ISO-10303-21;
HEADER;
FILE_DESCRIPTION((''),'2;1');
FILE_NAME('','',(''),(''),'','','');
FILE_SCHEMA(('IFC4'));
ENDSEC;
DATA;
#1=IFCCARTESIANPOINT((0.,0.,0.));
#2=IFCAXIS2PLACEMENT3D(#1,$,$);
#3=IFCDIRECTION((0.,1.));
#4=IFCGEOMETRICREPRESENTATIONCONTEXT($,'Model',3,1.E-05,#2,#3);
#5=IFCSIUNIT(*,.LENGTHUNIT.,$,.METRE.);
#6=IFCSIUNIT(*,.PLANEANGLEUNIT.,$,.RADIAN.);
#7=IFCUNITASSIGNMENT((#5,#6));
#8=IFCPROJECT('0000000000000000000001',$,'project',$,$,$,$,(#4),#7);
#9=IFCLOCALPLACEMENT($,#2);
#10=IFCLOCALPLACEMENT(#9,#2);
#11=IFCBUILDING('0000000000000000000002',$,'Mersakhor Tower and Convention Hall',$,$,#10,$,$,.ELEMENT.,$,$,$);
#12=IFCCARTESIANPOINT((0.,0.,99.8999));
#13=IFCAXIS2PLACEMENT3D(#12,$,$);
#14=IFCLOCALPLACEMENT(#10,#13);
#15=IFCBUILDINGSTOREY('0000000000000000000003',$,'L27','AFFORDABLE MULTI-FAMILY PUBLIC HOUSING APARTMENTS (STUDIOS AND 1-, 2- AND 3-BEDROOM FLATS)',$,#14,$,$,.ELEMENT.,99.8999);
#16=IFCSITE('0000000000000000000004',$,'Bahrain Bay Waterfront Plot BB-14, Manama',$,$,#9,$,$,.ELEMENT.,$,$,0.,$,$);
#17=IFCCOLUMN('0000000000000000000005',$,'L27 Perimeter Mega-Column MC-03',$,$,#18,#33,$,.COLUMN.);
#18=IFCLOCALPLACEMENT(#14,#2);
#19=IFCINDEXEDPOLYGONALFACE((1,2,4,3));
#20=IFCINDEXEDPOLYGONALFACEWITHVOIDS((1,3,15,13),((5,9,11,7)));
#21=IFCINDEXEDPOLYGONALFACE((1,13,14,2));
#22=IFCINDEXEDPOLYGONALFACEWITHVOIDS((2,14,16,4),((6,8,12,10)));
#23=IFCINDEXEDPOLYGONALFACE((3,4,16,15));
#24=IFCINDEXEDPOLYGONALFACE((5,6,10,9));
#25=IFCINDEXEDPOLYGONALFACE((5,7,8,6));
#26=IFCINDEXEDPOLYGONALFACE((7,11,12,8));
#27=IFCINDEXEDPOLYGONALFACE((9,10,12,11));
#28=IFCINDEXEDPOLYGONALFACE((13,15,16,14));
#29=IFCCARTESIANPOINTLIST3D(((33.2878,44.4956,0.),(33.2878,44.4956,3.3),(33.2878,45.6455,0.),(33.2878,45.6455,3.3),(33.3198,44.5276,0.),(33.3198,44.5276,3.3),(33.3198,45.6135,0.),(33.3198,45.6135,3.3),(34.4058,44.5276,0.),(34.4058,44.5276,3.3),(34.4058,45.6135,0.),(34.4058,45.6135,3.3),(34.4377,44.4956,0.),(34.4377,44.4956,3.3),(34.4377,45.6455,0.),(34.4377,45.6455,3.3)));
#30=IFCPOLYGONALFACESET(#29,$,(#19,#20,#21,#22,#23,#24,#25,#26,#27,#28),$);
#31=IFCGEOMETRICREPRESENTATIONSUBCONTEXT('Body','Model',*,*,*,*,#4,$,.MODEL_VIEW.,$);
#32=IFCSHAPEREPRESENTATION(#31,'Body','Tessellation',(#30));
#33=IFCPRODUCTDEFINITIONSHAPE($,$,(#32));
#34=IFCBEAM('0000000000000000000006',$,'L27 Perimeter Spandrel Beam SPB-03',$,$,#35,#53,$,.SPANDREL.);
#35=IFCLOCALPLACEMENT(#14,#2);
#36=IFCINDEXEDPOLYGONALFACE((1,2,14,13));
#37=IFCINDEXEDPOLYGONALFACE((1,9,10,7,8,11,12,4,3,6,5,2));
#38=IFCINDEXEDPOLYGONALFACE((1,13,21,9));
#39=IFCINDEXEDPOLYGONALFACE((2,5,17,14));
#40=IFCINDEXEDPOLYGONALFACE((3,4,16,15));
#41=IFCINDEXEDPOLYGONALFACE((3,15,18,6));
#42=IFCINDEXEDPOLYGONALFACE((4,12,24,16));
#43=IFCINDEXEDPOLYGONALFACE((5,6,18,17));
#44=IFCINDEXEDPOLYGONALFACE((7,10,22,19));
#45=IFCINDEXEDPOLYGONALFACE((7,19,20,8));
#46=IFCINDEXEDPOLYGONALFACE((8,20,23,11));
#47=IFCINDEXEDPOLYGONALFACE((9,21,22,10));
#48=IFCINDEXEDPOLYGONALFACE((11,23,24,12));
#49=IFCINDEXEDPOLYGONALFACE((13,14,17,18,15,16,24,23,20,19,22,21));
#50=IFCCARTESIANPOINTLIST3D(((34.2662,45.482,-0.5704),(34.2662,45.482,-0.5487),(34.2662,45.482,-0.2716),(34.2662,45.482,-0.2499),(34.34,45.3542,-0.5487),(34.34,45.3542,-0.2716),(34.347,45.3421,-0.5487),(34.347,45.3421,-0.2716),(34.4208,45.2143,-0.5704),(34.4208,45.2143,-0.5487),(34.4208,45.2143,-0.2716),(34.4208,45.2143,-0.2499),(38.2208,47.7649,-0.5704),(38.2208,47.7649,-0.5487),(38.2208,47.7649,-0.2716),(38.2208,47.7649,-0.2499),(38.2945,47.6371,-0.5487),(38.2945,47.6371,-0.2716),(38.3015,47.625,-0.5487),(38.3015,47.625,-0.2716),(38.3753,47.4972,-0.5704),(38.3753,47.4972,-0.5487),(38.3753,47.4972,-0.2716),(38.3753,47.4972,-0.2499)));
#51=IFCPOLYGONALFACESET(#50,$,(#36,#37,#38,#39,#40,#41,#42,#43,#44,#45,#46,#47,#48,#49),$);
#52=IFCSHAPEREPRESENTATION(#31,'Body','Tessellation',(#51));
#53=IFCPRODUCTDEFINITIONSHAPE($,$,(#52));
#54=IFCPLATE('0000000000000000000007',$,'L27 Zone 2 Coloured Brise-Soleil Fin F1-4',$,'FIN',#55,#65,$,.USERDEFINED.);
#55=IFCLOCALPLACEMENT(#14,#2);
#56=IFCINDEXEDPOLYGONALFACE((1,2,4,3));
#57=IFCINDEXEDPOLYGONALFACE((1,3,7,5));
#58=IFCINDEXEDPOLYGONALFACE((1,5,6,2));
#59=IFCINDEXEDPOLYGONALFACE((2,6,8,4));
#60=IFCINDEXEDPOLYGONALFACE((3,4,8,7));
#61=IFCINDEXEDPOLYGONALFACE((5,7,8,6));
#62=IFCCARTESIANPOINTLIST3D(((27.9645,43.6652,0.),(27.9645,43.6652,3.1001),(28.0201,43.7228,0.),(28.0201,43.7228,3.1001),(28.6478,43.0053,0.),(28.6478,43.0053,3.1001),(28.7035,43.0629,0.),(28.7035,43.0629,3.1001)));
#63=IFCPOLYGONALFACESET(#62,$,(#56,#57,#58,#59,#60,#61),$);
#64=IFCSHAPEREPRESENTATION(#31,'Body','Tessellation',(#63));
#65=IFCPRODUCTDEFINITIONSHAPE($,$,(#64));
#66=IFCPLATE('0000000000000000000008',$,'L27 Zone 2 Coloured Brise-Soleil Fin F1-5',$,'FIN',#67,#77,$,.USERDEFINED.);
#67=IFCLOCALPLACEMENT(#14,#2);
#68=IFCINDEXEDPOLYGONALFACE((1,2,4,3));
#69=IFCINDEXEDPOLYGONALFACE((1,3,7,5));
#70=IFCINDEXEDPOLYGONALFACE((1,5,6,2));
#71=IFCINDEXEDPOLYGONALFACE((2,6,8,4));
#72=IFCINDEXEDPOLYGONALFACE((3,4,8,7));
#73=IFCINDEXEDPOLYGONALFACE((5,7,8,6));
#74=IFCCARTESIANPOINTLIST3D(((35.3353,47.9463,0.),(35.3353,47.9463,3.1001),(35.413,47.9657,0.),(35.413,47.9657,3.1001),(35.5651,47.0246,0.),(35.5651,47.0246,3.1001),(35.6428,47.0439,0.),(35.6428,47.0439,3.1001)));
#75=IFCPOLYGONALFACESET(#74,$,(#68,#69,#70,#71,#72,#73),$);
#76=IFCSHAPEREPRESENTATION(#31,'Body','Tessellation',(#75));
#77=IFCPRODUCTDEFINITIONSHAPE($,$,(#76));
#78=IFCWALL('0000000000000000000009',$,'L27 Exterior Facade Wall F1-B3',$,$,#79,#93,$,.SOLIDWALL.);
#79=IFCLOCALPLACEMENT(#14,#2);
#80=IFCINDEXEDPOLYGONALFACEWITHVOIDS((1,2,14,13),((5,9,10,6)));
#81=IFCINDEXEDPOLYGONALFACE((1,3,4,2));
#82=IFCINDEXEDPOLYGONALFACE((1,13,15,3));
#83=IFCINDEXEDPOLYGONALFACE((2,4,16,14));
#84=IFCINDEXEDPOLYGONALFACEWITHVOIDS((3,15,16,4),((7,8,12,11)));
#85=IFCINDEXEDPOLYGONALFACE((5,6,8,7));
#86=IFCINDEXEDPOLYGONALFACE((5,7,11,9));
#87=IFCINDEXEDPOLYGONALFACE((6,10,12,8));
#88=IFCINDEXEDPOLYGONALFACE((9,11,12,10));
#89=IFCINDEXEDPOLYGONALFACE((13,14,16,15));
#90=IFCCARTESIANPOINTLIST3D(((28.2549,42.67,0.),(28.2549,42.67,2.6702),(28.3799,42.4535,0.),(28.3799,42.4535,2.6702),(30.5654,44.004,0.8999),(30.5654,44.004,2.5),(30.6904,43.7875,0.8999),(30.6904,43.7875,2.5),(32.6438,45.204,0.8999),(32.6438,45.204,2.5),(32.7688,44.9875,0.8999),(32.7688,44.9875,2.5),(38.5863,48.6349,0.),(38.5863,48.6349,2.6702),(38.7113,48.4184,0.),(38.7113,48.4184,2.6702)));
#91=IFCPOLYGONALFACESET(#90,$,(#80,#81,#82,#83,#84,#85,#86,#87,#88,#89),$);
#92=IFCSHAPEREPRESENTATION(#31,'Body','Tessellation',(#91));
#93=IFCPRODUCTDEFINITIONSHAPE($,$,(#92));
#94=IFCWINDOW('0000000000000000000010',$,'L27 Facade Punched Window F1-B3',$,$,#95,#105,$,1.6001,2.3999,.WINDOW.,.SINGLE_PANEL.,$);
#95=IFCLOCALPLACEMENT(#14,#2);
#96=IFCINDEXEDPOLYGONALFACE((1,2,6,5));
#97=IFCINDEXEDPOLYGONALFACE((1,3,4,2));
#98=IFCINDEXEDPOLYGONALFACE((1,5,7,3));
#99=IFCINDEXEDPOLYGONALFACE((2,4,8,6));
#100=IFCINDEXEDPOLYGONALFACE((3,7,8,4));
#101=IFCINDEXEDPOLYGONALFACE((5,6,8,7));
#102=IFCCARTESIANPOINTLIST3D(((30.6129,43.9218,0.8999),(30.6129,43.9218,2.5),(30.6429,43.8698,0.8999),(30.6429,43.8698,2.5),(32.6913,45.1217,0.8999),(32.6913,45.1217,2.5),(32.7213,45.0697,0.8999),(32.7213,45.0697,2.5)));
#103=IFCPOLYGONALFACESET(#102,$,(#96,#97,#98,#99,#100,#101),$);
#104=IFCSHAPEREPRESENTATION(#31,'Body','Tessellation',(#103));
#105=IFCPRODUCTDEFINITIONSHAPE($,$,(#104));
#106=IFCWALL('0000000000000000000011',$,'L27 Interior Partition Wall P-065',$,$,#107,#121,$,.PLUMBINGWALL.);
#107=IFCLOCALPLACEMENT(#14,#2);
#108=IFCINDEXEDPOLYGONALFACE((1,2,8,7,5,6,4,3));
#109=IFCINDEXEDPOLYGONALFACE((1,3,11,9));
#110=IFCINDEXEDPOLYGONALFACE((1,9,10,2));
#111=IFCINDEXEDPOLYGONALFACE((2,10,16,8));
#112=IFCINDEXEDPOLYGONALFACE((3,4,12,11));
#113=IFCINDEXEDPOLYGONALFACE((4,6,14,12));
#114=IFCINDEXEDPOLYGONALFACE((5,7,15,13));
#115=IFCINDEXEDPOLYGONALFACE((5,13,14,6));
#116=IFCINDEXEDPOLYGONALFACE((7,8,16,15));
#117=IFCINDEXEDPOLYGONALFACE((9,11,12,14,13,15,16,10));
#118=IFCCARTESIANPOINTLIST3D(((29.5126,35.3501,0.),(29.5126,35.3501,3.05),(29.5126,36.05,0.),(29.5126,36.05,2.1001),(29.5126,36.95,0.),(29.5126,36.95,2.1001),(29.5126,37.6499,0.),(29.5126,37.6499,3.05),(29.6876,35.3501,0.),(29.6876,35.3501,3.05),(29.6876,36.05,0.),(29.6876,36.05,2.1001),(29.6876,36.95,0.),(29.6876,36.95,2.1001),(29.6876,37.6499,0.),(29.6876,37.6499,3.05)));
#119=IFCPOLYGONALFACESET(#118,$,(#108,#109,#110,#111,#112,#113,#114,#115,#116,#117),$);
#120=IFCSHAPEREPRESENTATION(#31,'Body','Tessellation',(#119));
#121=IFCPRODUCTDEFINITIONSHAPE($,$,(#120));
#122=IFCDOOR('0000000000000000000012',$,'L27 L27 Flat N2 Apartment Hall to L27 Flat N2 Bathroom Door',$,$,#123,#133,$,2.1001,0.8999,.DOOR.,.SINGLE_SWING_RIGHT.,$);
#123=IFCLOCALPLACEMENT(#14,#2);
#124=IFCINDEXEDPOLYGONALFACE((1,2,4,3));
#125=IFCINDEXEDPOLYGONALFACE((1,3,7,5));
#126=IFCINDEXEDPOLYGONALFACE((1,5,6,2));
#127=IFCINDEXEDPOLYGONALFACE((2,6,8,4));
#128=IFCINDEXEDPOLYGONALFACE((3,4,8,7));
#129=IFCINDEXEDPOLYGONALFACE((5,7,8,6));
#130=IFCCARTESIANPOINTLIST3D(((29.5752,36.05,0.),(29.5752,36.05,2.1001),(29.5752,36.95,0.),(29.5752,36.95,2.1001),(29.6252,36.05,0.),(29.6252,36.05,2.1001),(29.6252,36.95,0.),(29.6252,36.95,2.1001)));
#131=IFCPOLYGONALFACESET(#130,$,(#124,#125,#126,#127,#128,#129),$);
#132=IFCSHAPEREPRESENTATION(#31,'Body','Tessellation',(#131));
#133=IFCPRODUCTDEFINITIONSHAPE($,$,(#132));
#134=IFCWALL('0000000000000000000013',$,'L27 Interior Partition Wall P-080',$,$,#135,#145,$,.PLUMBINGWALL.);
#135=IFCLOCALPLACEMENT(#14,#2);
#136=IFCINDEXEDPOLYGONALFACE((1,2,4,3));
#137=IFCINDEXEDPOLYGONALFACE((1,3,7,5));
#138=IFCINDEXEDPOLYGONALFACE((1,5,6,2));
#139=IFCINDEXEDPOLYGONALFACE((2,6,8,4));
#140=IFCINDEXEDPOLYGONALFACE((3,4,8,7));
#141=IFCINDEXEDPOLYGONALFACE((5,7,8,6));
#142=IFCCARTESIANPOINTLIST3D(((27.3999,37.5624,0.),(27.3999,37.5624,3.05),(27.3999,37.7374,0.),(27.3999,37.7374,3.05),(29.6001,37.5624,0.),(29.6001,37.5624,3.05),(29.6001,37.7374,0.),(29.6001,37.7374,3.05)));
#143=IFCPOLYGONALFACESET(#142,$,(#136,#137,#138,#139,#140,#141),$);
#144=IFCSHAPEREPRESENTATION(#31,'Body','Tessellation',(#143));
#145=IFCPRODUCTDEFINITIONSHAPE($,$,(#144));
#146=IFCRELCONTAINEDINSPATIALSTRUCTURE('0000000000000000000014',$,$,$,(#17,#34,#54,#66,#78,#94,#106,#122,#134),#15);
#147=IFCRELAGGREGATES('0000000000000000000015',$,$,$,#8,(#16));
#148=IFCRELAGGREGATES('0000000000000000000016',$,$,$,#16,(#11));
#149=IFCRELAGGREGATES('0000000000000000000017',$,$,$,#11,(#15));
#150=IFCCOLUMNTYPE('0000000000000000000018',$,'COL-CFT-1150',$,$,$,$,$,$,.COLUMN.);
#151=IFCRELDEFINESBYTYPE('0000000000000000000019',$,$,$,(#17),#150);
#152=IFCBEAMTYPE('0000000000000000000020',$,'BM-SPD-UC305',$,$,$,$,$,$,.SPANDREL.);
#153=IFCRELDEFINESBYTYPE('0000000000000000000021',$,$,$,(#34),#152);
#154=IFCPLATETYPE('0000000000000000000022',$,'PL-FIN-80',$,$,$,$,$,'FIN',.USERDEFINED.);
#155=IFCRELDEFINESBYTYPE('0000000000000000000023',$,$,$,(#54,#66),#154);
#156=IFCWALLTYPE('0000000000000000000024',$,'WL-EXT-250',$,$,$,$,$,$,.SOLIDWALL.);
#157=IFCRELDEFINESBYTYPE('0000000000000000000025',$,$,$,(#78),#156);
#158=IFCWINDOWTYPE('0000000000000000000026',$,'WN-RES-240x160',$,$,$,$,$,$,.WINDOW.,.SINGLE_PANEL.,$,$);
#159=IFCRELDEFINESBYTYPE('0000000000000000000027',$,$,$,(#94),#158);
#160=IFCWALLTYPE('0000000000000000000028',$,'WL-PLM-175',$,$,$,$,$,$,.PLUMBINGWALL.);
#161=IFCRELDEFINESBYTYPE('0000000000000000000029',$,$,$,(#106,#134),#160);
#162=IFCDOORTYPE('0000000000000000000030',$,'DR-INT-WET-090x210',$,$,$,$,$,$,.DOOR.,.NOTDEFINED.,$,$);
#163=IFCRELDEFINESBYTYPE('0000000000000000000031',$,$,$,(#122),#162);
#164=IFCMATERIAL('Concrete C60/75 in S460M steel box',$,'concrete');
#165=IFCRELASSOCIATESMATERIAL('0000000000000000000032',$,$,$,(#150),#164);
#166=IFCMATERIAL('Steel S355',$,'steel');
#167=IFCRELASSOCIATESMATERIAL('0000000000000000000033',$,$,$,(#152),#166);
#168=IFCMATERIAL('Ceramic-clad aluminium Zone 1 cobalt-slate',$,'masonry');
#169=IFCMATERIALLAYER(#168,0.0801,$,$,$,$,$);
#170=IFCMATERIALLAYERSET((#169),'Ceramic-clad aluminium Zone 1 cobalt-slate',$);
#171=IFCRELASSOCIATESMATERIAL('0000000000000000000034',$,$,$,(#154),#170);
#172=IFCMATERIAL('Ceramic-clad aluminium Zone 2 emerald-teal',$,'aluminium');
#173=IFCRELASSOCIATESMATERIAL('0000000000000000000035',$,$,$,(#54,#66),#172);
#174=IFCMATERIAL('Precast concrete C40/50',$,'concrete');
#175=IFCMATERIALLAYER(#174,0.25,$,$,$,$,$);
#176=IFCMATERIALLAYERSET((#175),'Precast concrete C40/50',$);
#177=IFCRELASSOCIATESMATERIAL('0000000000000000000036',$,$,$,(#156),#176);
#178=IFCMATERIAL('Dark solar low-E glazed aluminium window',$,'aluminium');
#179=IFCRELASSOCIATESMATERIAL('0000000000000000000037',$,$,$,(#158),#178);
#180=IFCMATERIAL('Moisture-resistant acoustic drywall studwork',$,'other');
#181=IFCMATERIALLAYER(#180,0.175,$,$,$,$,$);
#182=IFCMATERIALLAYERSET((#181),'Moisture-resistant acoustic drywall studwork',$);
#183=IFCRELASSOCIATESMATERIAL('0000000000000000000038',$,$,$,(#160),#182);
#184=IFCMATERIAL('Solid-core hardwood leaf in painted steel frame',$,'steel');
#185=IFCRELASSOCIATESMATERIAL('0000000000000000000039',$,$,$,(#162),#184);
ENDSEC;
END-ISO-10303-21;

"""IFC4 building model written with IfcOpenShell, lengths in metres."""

from ifc_helpers import new_model, si_unit, direction, frame, frame_2d, origin, origin_2d, place, context, subcontext, project, spatial, rectangle, hollow_rectangle, i_section, extrude, material, layer, layer_set, material_profile, profile_set, type_object, element, fill, save


model = new_model("IFC4")

# Units and contexts
model_context = context("Model", 3, precision=1e-05, world=origin(), true_north=direction((0.0, 1.0)))
body_context = subcontext(model_context, "Body", "Model", "MODEL_VIEW")
ifc_project = project(units=[si_unit("LENGTHUNIT", "METRE"), si_unit("PLANEANGLEUNIT", "RADIAN")], contexts=[model_context])

# Site, building, storey
site_placement = place(None, origin())
site = spatial("IfcSite", under=ifc_project, at=site_placement, Name="Bahrain Bay Waterfront Plot BB-14, Manama", CompositionType="ELEMENT", RefElevation=0.0)
building_placement = place(site_placement, origin())
building = spatial("IfcBuilding", under=site, at=building_placement, Name="Mersakhor Tower and Convention Hall", CompositionType="ELEMENT")
storey_placement = place(building_placement, frame((0.0, 0.0, 99.8999)))
storey = spatial("IfcBuildingStorey", under=building, at=storey_placement, Name="L27", Description="AFFORDABLE MULTI-FAMILY PUBLIC HOUSING APARTMENTS (STUDIOS AND 1-, 2- AND 3-BEDROOM FLATS)", CompositionType="ELEMENT", Elevation=99.8999)

# Column
ifc_material_1 = material(Name="Concrete C60/75 in S460M steel box", Category="concrete")
ifc_material_profile_1 = material_profile(ifc_material_1, hollow_rectangle(XDim=1.1499, YDim=1.1499, WallThickness=0.032, at=origin_2d()), Name="SHS 1150x1150x32")
ifc_profile_set_1 = profile_set([ifc_material_profile_1], Name="Concrete C60/75 in S460M steel box")
column_type = type_object("IfcColumnType", Name="COL-CFT-1150", PredefinedType="COLUMN", material=ifc_profile_set_1)
column_placement = place(storey_placement, frame((33.8628, 45.0706, 0.0), z_axis=(0.0, 0.0, 1.0), x_axis=(1.0, 0.0, 0.0)))
element("IfcColumn", 1, at=column_placement, inside=storey, type_object=column_type, Name="L27 Perimeter Mega-Column MC-03", PredefinedType="COLUMN", context=body_context, shape_type="SweptSolid", body=[
    extrude(hollow_rectangle(XDim=1.1499, YDim=1.1499, WallThickness=0.032, at=origin_2d()), origin(), (0.0, 0.0, 1.0), 3.3),
])

# Beam
ifc_material_2 = material(Name="Steel S355", Category="steel")
ifc_material_profile_2 = material_profile(ifc_material_2, i_section(OverallWidth=0.3091, OverallDepth=0.3206, WebThickness=0.0139, FlangeThickness=0.0217, at=origin_2d()), Name="UC 305x305x137")
ifc_profile_set_2 = profile_set([ifc_material_profile_2], Name="Steel S355")
beam_type = type_object("IfcBeamType", Name="BM-SPD-UC305", PredefinedType="SPANDREL", material=ifc_profile_set_2)
beam_placement = place(storey_placement, frame((34.3435, 45.3481, -0.4102), z_axis=(0.866047, 0.499963, 0.0), x_axis=(-0.499963, 0.866047, 0.0)))
element("IfcBeam", 2, at=beam_placement, inside=storey, type_object=beam_type, Name="L27 Perimeter Spandrel Beam SPB-03", PredefinedType="SPANDREL", context=body_context, shape_type="SweptSolid", body=[
    extrude(i_section(OverallWidth=0.3091, OverallDepth=0.3206, WebThickness=0.0139, FlangeThickness=0.0217, at=origin_2d()), origin(), (0.0, 0.0, 1.0), 4.5662),
])

# Plates
ifc_material_3 = material(Name="Ceramic-clad aluminium Zone 2 emerald-teal", Category="aluminium")
ifc_material_4 = material(Name="Ceramic-clad aluminium Zone 1 cobalt-slate", Category="masonry")
ifc_layer_1 = layer(ifc_material_4, 0.0801)
ifc_layer_set_1 = layer_set([ifc_layer_1], Name="Ceramic-clad aluminium Zone 1 cobalt-slate")
plate_type = type_object("IfcPlateType", Name="PL-FIN-80", ElementType="FIN", PredefinedType="USERDEFINED", material=ifc_layer_set_1)
for number, where, z_axis, x_axis, name in (
    (3, (28.334, 43.364, 0.0), (0.0, 0.0, 1.0), (-0.71934, 0.694658, 0.0), "L27 Zone 2 Coloured Brise-Soleil Fin F1-4"),
    (4, (35.489, 47.4951, 0.0), (0.0, 0.0, 1.0), (-0.241922, 0.970296, 0.0), "L27 Zone 2 Coloured Brise-Soleil Fin F1-5"),
):
    element("IfcPlate", number, at=place(storey_placement, frame(where, z_axis=z_axis, x_axis=x_axis)), inside=storey, type_object=plate_type, material=ifc_material_3, Name=name, ObjectType="FIN", PredefinedType="USERDEFINED", context=body_context, shape_type="SweptSolid", body=[
        extrude(rectangle(XDim=0.95, YDim=0.0801, at=origin_2d()), origin(), (0.0, 0.0, 1.0), 3.1001),
    ])

# Wall, opening, window
ifc_material_5 = material(Name="Precast concrete C40/50", Category="concrete")
ifc_layer_2 = layer(ifc_material_5, 0.25)
ifc_layer_set_2 = layer_set([ifc_layer_2], Name="Precast concrete C40/50")
wall_type_1 = type_object("IfcWallType", Name="WL-EXT-250", PredefinedType="SOLIDWALL", material=ifc_layer_set_2)
wall_1_placement = place(storey_placement, frame((28.3174, 42.5618, 0.0), z_axis=(0.0, 0.0, 1.0), x_axis=(0.866023, 0.500004, 0.0)))
wall_1 = element("IfcWall", 5, at=wall_1_placement, inside=storey, type_object=wall_type_1, Name="L27 Exterior Facade Wall F1-B3", PredefinedType="SOLIDWALL", context=body_context, shape_type="SweptSolid", body=[
    extrude(rectangle(XDim=11.9297, YDim=0.25, at=frame_2d((5.9648, 0.0))), origin(), (0.0, 0.0, 1.0), 2.6702),
])
opening_1_placement = place(wall_1_placement, frame((2.668, 0.0, 0.8999)))
opening_1 = element("IfcOpeningElement", 6, at=opening_1_placement, cuts=wall_1, PredefinedType="OPENING", context=body_context, shape_type="SweptSolid", body=[
    extrude(rectangle(XDim=2.3999, YDim=1.6001, at=frame_2d((1.2, 0.8))), frame((0.0, 0.135, 0.0), z_axis=(0.0, -1.0, 0.0), x_axis=(1.0, 0.0, 0.0)), (0.0, 0.0, 1.0), 0.27),
])
ifc_material_6 = material(Name="Dark solar low-E glazed aluminium window", Category="aluminium")
window_type = type_object("IfcWindowType", Name="WN-RES-240x160", PartitioningType="SINGLE_PANEL", PredefinedType="WINDOW", material=ifc_material_6)
window_placement = place(opening_1_placement, origin())
window = element("IfcWindow", 7, at=window_placement, inside=storey, type_object=window_type, Name="L27 Facade Punched Window F1-B3", OverallHeight=1.6001, OverallWidth=2.3999, PartitioningType="SINGLE_PANEL", PredefinedType="WINDOW", context=body_context, shape_type="SweptSolid", body=[
    extrude(rectangle(XDim=2.3999, YDim=1.6001, at=frame_2d((1.2, 0.8))), frame((0.0, 0.03, 0.0), z_axis=(0.0, -1.0, 0.0), x_axis=(1.0, 0.0, 0.0)), (0.0, 0.0, 1.0), 0.0601),
])
fill(opening_1, window)

# Wall, opening, door
ifc_material_7 = material(Name="Moisture-resistant acoustic drywall studwork", Category="other")
ifc_layer_3 = layer(ifc_material_7, 0.175)
ifc_layer_set_3 = layer_set([ifc_layer_3], Name="Moisture-resistant acoustic drywall studwork")
wall_type_2 = type_object("IfcWallType", Name="WL-PLM-175", PredefinedType="PLUMBINGWALL", material=ifc_layer_set_3)
wall_2_placement = place(storey_placement, frame((29.6001, 35.3501, 0.0), z_axis=(0.0, 0.0, 1.0), x_axis=(0.0, 1.0, 0.0)))
wall_2 = element("IfcWall", 8, at=wall_2_placement, inside=storey, type_object=wall_type_2, Name="L27 Interior Partition Wall P-065", PredefinedType="PLUMBINGWALL", context=body_context, shape_type="SweptSolid", body=[
    extrude(rectangle(XDim=2.2998, YDim=0.175, at=frame_2d((1.1499, 0.0))), origin(), (0.0, 0.0, 1.0), 3.05),
])
opening_2_placement = place(wall_2_placement, frame((0.7, 0.0, 0.0)))
opening_2 = element("IfcOpeningElement", 9, at=opening_2_placement, cuts=wall_2, PredefinedType="OPENING", context=body_context, shape_type="SweptSolid", body=[
    extrude(rectangle(XDim=0.8999, YDim=2.1001, at=frame_2d((0.45, 1.05))), frame((0.0, 0.0974, 0.0), z_axis=(0.0, -1.0, 0.0), x_axis=(1.0, 0.0, 0.0)), (0.0, 0.0, 1.0), 0.1951),
])
ifc_material_8 = material(Name="Solid-core hardwood leaf in painted steel frame", Category="steel")
door_type_1 = type_object("IfcDoorType", Name="DR-INT-WET-090x210", OperationType="NOTDEFINED", PredefinedType="DOOR", material=ifc_material_8)
door_1_placement = place(opening_2_placement, origin())
door_1 = element("IfcDoor", 10, at=door_1_placement, inside=storey, type_object=door_type_1, Name="L27 L27 Flat N2 Apartment Hall to L27 Flat N2 Bathroom Door", OperationType="SINGLE_SWING_RIGHT", OverallHeight=2.1001, OverallWidth=0.8999, PredefinedType="DOOR", context=body_context, shape_type="SweptSolid", body=[
    extrude(rectangle(XDim=0.8999, YDim=2.1001, at=frame_2d((0.45, 1.05))), frame((0.0, 0.0249, 0.0), z_axis=(0.0, -1.0, 0.0), x_axis=(1.0, 0.0, 0.0)), (0.0, 0.0, 1.0), 0.05),
])
fill(opening_2, door_1)

# Wall
wall_3_placement = place(storey_placement, frame((27.3999, 37.6499, 0.0), z_axis=(0.0, 0.0, 1.0), x_axis=(1.0, 0.0, 0.0)))
element("IfcWall", 11, at=wall_3_placement, inside=storey, type_object=wall_type_2, Name="L27 Interior Partition Wall P-080", PredefinedType="PLUMBINGWALL", context=body_context, shape_type="SweptSolid", body=[
    extrude(rectangle(XDim=2.2002, YDim=0.175, at=frame_2d((1.1001, 0.0))), origin(), (0.0, 0.0, 1.0), 3.05),
])

save(model, "model.ifc")
